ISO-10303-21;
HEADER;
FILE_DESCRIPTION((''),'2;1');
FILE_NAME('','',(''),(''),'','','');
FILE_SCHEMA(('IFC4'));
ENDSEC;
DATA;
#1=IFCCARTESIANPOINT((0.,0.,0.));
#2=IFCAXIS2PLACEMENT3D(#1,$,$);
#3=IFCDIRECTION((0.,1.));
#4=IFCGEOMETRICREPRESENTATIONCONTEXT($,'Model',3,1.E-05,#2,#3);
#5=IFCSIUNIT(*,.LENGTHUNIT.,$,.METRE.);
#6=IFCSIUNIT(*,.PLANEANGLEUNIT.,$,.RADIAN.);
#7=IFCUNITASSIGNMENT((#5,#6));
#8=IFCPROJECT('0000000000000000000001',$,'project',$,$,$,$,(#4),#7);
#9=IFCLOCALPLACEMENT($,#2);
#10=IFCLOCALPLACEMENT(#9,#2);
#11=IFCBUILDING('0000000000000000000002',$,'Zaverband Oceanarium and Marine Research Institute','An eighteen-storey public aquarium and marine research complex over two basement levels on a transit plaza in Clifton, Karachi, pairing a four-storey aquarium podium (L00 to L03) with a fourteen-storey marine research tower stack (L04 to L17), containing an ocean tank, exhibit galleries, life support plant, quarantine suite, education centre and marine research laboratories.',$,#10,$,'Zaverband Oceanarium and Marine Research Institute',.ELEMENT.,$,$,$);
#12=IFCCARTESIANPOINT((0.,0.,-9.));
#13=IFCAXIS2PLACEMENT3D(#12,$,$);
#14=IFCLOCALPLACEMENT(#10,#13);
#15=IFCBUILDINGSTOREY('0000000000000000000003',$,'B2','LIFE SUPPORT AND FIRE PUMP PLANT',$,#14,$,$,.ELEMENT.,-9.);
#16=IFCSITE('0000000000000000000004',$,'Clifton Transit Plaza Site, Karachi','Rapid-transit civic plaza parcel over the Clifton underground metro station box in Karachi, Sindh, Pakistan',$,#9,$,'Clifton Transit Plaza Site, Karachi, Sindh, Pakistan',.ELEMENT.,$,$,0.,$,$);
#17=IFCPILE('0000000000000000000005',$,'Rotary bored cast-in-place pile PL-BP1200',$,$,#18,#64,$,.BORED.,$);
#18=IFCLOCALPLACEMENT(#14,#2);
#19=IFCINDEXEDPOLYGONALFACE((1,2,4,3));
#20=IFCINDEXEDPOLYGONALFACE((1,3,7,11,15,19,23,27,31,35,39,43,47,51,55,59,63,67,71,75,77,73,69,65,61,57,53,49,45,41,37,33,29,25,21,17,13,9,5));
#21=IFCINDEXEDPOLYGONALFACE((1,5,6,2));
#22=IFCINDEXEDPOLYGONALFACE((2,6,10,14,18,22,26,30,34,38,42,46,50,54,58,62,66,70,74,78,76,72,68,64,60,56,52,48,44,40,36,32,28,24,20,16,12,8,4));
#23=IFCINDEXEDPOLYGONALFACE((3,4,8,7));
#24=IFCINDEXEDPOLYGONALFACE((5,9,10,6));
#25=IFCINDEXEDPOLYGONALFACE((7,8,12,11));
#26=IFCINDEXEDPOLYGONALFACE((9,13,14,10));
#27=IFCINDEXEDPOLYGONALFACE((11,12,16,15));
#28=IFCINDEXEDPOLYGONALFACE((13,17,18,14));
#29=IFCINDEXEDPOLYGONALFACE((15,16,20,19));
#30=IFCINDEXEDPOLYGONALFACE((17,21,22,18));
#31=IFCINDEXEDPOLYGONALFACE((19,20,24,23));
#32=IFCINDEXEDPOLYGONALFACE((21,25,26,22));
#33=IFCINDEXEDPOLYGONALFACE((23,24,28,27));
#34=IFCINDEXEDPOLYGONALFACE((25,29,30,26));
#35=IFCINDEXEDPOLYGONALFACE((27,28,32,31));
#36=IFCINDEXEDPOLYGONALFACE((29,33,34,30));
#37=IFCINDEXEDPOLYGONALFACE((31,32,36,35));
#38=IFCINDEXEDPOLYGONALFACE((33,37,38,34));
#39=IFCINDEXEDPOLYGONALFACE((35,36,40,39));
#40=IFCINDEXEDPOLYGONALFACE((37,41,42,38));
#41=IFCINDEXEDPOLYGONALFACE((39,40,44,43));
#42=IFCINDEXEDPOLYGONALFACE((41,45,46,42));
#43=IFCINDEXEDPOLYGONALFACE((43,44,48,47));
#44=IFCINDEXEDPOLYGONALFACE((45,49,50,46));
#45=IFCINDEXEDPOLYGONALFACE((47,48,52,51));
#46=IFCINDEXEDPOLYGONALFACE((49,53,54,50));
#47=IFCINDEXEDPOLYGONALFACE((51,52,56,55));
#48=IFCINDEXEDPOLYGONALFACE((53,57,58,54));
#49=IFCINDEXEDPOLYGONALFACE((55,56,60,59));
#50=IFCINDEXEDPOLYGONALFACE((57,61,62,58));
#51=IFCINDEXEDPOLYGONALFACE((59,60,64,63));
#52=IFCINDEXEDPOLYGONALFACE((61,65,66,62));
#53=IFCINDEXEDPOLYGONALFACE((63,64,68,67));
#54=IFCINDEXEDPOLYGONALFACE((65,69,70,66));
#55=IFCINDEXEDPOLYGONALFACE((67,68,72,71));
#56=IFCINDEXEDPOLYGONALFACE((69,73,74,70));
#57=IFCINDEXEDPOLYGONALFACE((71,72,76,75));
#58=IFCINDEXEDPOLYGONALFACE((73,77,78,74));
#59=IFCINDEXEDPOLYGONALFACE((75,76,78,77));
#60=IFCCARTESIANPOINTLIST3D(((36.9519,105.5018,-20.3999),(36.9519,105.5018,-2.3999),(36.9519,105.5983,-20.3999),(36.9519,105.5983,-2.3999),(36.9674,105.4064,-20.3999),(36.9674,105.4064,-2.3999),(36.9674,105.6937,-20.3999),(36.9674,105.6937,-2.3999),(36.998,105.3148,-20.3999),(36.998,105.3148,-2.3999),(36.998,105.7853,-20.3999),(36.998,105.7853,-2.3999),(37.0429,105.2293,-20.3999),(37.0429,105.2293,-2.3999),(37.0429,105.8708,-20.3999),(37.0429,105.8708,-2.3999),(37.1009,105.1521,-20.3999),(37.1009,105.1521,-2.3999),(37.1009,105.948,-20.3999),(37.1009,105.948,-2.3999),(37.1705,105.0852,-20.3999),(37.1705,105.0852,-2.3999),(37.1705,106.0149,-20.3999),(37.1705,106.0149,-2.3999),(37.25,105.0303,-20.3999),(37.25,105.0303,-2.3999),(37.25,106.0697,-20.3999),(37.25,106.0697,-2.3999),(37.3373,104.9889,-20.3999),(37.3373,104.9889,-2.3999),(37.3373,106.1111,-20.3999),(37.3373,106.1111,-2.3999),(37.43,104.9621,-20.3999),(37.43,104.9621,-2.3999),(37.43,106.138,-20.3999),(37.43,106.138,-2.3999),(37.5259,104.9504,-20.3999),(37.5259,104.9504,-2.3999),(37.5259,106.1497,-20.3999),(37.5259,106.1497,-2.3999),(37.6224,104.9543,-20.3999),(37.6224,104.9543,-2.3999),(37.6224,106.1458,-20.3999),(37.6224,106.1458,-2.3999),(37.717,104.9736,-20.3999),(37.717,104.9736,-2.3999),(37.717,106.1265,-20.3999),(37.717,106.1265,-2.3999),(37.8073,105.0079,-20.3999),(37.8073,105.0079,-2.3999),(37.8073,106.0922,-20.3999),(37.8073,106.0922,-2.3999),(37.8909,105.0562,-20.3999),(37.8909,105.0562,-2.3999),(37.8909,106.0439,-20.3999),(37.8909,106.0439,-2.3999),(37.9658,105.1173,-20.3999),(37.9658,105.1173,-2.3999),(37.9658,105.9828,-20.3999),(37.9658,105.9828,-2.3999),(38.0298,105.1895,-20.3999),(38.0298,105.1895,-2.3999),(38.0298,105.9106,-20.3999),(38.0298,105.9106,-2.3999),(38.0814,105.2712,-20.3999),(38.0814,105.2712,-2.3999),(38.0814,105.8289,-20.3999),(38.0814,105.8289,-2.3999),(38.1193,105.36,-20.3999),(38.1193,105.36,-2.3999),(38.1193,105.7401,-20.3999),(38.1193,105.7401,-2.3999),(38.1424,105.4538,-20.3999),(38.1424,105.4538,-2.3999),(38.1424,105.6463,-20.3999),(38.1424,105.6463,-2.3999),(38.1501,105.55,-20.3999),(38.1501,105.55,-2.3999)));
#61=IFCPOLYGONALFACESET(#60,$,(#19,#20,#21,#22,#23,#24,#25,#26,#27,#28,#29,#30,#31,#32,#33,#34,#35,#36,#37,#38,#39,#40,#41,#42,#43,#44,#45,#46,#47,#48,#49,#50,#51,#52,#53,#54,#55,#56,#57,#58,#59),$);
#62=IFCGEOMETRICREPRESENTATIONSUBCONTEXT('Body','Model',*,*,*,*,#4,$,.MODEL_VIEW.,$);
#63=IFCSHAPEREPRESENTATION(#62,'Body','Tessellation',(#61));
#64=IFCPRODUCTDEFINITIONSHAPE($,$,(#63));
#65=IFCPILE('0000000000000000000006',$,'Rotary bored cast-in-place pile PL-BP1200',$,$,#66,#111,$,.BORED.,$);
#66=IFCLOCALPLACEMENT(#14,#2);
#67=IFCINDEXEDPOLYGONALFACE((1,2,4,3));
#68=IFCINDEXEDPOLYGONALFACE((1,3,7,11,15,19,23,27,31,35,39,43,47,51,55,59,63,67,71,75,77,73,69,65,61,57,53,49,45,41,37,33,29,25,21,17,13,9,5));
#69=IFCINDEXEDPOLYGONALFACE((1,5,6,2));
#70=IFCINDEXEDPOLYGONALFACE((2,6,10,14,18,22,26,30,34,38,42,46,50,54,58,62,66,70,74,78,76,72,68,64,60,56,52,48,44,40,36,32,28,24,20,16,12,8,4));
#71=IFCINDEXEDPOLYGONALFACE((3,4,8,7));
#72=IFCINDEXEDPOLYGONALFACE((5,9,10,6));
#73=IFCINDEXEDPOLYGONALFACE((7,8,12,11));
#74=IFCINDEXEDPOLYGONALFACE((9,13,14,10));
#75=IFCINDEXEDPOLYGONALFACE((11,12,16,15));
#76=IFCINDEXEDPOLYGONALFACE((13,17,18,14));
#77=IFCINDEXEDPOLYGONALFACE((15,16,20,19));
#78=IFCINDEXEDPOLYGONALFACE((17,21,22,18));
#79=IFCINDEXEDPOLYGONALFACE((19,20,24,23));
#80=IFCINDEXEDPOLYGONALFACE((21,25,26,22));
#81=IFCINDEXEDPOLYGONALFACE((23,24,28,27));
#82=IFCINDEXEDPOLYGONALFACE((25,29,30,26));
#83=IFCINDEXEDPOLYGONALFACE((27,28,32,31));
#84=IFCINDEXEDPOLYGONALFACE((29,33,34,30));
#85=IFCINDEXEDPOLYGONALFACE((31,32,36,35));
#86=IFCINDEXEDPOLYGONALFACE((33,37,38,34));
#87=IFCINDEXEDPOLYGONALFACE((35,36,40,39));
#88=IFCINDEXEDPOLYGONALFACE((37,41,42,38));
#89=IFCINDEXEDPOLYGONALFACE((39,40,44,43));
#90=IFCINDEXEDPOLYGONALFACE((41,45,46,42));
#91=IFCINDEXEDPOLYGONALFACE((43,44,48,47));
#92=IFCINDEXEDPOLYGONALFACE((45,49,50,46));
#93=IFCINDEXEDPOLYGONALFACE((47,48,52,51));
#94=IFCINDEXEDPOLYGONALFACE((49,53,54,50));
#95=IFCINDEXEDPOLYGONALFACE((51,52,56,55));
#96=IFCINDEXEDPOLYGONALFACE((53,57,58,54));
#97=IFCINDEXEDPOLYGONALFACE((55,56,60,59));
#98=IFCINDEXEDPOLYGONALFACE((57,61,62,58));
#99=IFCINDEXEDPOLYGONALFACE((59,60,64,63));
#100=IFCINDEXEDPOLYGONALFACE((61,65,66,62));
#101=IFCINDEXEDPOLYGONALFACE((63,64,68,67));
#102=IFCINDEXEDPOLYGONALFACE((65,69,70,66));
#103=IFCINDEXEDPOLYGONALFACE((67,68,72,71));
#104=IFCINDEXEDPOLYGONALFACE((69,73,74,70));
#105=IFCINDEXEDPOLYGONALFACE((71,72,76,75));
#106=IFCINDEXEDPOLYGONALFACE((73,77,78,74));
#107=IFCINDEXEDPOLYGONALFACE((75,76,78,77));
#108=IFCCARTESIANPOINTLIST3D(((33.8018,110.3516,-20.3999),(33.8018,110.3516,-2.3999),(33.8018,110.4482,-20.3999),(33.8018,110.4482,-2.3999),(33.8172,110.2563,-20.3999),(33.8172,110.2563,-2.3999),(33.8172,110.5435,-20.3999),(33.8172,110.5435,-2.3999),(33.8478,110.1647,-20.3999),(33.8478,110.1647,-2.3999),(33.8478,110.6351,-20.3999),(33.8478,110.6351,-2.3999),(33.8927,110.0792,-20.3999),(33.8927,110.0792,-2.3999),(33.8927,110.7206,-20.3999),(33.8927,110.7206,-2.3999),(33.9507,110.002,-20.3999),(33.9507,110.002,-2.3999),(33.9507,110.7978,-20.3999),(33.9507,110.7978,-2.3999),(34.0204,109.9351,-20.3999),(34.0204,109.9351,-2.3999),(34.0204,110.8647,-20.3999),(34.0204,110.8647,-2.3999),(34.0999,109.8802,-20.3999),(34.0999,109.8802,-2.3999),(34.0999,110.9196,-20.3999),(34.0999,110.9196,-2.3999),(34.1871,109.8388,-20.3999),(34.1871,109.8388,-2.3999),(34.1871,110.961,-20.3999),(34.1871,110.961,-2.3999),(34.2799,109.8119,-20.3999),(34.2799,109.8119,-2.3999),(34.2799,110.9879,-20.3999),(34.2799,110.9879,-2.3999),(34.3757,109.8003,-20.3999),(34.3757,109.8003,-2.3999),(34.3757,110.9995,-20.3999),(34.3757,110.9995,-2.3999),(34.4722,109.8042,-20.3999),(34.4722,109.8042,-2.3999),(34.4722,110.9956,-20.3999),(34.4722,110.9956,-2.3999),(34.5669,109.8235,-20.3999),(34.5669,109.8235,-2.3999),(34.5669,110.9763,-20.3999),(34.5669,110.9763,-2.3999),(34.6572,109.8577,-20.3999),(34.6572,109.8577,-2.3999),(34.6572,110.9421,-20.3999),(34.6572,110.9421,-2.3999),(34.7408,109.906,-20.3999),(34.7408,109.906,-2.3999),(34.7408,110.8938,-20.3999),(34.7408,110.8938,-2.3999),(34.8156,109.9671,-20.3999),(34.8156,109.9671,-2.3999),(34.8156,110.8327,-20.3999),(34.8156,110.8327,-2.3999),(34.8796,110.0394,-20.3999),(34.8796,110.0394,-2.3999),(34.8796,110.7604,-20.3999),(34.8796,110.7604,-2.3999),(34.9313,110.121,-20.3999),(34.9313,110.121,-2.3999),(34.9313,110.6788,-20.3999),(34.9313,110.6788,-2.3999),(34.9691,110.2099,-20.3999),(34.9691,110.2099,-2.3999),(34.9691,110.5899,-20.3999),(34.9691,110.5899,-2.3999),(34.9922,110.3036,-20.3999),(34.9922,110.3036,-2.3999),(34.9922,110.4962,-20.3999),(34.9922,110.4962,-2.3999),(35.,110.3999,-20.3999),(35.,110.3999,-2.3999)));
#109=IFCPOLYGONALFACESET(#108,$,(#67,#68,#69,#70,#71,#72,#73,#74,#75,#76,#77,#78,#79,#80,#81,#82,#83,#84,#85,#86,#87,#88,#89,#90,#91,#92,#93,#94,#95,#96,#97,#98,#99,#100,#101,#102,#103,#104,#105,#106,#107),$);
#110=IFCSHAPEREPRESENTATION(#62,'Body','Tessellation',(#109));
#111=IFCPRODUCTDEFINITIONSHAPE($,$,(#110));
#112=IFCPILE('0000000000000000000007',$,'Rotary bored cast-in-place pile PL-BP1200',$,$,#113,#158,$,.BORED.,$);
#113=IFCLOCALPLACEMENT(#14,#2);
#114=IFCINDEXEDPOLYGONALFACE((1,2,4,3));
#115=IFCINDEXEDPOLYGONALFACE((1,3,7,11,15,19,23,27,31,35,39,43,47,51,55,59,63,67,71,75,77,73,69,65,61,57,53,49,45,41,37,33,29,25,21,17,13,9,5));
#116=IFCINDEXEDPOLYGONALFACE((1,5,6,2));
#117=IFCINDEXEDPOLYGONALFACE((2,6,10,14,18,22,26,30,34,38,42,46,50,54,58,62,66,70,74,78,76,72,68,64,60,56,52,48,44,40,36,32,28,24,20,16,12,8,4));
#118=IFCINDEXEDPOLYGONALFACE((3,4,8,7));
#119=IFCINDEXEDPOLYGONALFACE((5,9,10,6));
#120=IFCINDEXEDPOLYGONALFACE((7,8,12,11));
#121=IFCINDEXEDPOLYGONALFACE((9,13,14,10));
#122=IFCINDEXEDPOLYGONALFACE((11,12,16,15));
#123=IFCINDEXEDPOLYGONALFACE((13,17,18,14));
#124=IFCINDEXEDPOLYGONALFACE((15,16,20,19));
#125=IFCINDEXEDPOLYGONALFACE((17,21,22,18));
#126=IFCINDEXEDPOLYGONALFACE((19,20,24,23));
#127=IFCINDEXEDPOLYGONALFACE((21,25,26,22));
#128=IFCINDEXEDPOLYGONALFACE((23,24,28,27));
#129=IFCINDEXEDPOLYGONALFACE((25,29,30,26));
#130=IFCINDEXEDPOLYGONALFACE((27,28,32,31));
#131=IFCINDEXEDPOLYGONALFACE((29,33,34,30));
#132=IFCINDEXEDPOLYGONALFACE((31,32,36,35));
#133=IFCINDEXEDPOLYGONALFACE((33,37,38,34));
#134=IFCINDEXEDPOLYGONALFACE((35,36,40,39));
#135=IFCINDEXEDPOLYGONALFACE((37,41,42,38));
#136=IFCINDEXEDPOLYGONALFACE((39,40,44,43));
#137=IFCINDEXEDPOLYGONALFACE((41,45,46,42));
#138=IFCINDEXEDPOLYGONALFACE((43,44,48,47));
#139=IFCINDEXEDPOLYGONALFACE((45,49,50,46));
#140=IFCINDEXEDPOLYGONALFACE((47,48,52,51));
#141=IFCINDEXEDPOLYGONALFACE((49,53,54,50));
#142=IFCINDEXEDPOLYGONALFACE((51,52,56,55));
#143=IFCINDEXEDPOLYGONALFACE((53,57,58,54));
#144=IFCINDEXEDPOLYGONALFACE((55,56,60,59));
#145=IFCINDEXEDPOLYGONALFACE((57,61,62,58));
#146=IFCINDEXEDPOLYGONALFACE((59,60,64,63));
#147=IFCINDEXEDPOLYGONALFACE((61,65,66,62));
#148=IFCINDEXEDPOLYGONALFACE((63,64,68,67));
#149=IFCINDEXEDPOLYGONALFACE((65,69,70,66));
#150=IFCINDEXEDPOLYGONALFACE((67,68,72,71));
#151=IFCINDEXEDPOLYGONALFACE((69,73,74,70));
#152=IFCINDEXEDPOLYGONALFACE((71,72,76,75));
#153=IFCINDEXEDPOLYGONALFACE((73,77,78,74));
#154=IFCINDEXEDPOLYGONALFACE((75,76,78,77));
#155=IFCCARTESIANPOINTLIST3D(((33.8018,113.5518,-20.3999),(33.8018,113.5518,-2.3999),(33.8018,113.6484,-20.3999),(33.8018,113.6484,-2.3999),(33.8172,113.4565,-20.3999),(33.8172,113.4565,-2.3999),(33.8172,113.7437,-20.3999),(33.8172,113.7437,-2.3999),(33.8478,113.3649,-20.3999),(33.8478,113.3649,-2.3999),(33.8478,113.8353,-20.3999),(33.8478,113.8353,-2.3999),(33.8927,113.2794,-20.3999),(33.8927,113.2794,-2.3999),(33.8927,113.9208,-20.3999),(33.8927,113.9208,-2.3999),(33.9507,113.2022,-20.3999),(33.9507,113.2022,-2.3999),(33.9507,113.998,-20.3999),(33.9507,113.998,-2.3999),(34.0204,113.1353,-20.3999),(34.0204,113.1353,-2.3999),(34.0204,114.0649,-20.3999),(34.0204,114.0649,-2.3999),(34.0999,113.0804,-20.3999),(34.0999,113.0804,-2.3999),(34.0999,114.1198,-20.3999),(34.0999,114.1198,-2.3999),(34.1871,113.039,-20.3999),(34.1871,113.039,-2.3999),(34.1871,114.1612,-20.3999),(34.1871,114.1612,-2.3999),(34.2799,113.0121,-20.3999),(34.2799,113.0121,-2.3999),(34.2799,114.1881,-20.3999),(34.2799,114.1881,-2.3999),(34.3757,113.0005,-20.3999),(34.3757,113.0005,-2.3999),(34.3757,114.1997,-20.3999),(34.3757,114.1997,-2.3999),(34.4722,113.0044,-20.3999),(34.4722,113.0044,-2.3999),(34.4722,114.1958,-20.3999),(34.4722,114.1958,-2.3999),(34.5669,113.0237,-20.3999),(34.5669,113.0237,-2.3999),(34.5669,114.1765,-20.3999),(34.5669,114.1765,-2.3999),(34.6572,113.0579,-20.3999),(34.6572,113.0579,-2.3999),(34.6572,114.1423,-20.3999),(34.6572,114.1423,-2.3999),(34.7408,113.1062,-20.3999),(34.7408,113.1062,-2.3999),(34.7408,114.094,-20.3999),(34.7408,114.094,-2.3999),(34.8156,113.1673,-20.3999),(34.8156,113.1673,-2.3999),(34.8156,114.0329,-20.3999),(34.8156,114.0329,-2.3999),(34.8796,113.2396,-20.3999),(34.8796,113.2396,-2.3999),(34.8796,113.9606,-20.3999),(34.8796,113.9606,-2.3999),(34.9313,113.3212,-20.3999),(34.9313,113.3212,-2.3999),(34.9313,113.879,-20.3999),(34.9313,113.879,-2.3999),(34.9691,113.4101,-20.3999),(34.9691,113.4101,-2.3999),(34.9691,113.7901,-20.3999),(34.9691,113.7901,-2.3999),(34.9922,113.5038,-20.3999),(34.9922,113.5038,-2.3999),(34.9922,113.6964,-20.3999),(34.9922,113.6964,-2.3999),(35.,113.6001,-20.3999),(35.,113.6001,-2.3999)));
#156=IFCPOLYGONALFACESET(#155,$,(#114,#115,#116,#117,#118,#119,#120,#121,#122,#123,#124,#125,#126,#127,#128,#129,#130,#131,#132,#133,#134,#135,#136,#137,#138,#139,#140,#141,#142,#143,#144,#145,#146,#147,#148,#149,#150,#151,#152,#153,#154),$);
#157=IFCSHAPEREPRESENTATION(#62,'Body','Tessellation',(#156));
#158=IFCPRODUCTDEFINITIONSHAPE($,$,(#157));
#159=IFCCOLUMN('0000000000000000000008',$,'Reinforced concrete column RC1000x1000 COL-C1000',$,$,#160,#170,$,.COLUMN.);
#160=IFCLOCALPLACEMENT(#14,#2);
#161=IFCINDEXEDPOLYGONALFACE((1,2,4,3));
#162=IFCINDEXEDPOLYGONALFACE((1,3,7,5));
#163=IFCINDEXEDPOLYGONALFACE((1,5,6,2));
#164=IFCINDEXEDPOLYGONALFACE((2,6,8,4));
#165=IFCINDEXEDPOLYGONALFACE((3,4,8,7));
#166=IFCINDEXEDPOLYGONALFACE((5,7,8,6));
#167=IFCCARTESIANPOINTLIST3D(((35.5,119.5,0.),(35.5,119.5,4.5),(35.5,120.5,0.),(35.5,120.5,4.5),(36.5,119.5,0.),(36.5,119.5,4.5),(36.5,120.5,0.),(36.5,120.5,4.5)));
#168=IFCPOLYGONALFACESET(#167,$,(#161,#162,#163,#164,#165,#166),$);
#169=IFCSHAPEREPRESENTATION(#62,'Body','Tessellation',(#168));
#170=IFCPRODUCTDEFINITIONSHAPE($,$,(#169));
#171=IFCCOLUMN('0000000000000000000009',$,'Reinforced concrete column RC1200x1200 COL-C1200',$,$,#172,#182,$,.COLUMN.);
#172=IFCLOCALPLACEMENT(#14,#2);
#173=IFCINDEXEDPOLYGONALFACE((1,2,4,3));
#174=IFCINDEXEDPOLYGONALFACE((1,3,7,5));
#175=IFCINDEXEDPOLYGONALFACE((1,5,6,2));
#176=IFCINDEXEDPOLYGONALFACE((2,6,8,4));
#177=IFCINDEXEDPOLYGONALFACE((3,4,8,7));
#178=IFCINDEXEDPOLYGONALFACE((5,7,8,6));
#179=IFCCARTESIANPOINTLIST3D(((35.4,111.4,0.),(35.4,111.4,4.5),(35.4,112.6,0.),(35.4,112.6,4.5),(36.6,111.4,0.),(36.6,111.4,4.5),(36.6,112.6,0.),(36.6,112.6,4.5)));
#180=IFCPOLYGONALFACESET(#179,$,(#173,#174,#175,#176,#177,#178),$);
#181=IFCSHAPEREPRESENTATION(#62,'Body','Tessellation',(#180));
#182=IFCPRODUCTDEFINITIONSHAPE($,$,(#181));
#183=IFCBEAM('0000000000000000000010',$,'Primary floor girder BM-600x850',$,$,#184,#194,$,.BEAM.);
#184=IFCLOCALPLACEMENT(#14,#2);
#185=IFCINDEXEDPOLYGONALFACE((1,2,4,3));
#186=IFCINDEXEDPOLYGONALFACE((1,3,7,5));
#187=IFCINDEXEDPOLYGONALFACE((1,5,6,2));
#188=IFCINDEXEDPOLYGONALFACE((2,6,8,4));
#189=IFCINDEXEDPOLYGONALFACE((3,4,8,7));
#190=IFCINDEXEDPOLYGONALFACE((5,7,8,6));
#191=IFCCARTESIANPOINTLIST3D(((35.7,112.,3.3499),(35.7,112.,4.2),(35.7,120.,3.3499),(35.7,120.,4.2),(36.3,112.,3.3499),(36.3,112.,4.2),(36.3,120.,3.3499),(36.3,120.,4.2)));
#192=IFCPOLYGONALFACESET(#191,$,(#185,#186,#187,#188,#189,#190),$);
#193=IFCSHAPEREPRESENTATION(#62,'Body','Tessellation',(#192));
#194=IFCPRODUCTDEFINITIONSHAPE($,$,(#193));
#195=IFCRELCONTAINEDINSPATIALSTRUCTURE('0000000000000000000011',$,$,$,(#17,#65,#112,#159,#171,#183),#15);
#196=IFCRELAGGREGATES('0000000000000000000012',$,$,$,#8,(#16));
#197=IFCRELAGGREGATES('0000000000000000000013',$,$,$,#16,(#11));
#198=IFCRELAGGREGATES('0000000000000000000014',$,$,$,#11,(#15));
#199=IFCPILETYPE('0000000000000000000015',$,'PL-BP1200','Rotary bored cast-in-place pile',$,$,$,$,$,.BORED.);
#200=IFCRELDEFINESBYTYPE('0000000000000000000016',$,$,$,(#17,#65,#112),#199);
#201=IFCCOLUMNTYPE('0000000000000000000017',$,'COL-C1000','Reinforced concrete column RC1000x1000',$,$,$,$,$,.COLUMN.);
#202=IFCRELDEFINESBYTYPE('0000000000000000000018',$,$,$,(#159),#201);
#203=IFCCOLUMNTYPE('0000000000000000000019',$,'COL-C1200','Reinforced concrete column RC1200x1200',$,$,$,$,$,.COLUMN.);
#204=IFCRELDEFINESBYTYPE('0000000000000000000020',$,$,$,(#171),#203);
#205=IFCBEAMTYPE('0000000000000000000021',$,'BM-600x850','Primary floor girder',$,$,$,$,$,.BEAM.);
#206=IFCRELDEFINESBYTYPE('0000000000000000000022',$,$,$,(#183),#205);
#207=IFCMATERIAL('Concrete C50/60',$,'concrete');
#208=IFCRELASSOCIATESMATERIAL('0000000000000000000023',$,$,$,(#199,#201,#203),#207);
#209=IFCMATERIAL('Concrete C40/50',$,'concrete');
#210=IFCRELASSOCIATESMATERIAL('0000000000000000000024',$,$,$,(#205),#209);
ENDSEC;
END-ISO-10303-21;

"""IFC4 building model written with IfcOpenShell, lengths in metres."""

from ifc_helpers import new_model, si_unit, direction, frame, origin, origin_2d, place, context, subcontext, project, spatial, rectangle, circle, extrude, material, material_profile, profile_set, type_object, element, save


model = new_model("IFC4")

# Units and contexts
model_context = context("Model", 3, precision=1e-05, world=origin(), true_north=direction((0.0, 1.0)))
body_context = subcontext(model_context, "Body", "Model", "MODEL_VIEW")
ifc_project = project(units=[si_unit("LENGTHUNIT", "METRE"), si_unit("PLANEANGLEUNIT", "RADIAN")], contexts=[model_context])

# Site, building, storey
site_placement = place(None, origin())
site = spatial("IfcSite", under=ifc_project, at=site_placement, Name="Clifton Transit Plaza Site, Karachi", Description="Rapid-transit civic plaza parcel over the Clifton underground metro station box in Karachi, Sindh, Pakistan", LongName="Clifton Transit Plaza Site, Karachi, Sindh, Pakistan", CompositionType="ELEMENT", RefElevation=0.0)
building_placement = place(site_placement, origin())
building = spatial("IfcBuilding", under=site, at=building_placement, Name="Zaverband Oceanarium and Marine Research Institute", Description="An eighteen-storey public aquarium and marine research complex over two basement levels on a transit plaza in Clifton, Karachi, pairing a four-storey aquarium podium (L00 to L03) with a fourteen-storey marine research tower stack (L04 to L17), containing an ocean tank, exhibit galleries, life support plant, quarantine suite, education centre and marine research laboratories.", LongName="Zaverband Oceanarium and Marine Research Institute", CompositionType="ELEMENT")
storey_placement = place(building_placement, frame((0.0, 0.0, -9.0)))
storey = spatial("IfcBuildingStorey", under=building, at=storey_placement, Name="B2", Description="LIFE SUPPORT AND FIRE PUMP PLANT", CompositionType="ELEMENT", Elevation=-9.0)

# Shared definitions
ifc_material_1 = material(Name="Concrete C50/60", Category="concrete")

# Piles
ifc_material_profile_1 = material_profile(ifc_material_1, circle(Radius=0.6001, at=origin_2d()), Name="BP1200")
ifc_profile_set_1 = profile_set([ifc_material_profile_1], Name="Concrete C50/60")
pile_type_1 = type_object("IfcPileType", Name="PL-BP1200", Description="Rotary bored cast-in-place pile", PredefinedType="BORED", material=ifc_profile_set_1)
for number, where, z_axis, x_axis, name in (
    (1, (37.55, 105.55, -2.3999), (0.0, 0.0, -1.0), (1.0, 0.0, 0.0), "Rotary bored cast-in-place pile PL-BP1200"),
    (2, (34.3999, 110.3999, -2.3999), (0.0, 0.0, -1.0), (1.0, 0.0, 0.0), "Rotary bored cast-in-place pile PL-BP1200"),
    (3, (34.3999, 113.6001, -2.3999), (0.0, 0.0, -1.0), (1.0, 0.0, 0.0), "Rotary bored cast-in-place pile PL-BP1200"),
):
    element("IfcPile", number, at=place(storey_placement, frame(where, z_axis=z_axis, x_axis=x_axis)), inside=storey, type_object=pile_type_1, Name=name, PredefinedType="BORED", context=body_context, shape_type="SweptSolid", body=[
        extrude(circle(Radius=0.6001, at=origin_2d()), origin(), (0.0, 0.0, 1.0), 18.0),
    ])

# Columns
ifc_material_profile_2 = material_profile(ifc_material_1, rectangle(XDim=1.0, YDim=1.0, at=origin_2d()), Name="RC1000x1000")
ifc_profile_set_2 = profile_set([ifc_material_profile_2], Name="Concrete C50/60")
column_type_1 = type_object("IfcColumnType", Name="COL-C1000", Description="Reinforced concrete column RC1000x1000", PredefinedType="COLUMN", material=ifc_profile_set_2)
column_1_placement = place(storey_placement, frame((36.0, 120.0, 0.0), z_axis=(0.0, 0.0, 1.0), x_axis=(1.0, 0.0, 0.0)))
element("IfcColumn", 4, at=column_1_placement, inside=storey, type_object=column_type_1, Name="Reinforced concrete column RC1000x1000 COL-C1000", PredefinedType="COLUMN", context=body_context, shape_type="SweptSolid", body=[
    extrude(rectangle(XDim=1.0, YDim=1.0, at=origin_2d()), origin(), (0.0, 0.0, 1.0), 4.5),
])
ifc_material_profile_3 = material_profile(ifc_material_1, rectangle(XDim=1.2, YDim=1.2, at=origin_2d()), Name="RC1200x1200")
ifc_profile_set_3 = profile_set([ifc_material_profile_3], Name="Concrete C50/60")
column_type_2 = type_object("IfcColumnType", Name="COL-C1200", Description="Reinforced concrete column RC1200x1200", PredefinedType="COLUMN", material=ifc_profile_set_3)
column_2_placement = place(storey_placement, frame((36.0, 112.0, 0.0), z_axis=(0.0, 0.0, 1.0), x_axis=(1.0, 0.0, 0.0)))
element("IfcColumn", 5, at=column_2_placement, inside=storey, type_object=column_type_2, Name="Reinforced concrete column RC1200x1200 COL-C1200", PredefinedType="COLUMN", context=body_context, shape_type="SweptSolid", body=[
    extrude(rectangle(XDim=1.2, YDim=1.2, at=origin_2d()), origin(), (0.0, 0.0, 1.0), 4.5),
])

# Beam
ifc_material_2 = material(Name="Concrete C40/50", Category="concrete")
ifc_material_profile_4 = material_profile(ifc_material_2, rectangle(XDim=0.6001, YDim=0.8501, at=origin_2d()), Name="RC600x850")
ifc_profile_set_4 = profile_set([ifc_material_profile_4], Name="Concrete C40/50")
beam_type_1 = type_object("IfcBeamType", Name="BM-600x850", Description="Primary floor girder", PredefinedType="BEAM", material=ifc_profile_set_4)
beam_1_placement = place(storey_placement, frame((36.0, 112.0, 3.7749), z_axis=(0.0, 1.0, 0.0), x_axis=(-1.0, 0.0, 0.0)))
element("IfcBeam", 6, at=beam_1_placement, inside=storey, type_object=beam_type_1, Name="Primary floor girder BM-600x850", PredefinedType="BEAM", context=body_context, shape_type="SweptSolid", body=[
    extrude(rectangle(XDim=0.6001, YDim=0.8501, at=origin_2d()), origin(), (0.0, 0.0, 1.0), 8.0),
])

save(model, "model.ifc")
